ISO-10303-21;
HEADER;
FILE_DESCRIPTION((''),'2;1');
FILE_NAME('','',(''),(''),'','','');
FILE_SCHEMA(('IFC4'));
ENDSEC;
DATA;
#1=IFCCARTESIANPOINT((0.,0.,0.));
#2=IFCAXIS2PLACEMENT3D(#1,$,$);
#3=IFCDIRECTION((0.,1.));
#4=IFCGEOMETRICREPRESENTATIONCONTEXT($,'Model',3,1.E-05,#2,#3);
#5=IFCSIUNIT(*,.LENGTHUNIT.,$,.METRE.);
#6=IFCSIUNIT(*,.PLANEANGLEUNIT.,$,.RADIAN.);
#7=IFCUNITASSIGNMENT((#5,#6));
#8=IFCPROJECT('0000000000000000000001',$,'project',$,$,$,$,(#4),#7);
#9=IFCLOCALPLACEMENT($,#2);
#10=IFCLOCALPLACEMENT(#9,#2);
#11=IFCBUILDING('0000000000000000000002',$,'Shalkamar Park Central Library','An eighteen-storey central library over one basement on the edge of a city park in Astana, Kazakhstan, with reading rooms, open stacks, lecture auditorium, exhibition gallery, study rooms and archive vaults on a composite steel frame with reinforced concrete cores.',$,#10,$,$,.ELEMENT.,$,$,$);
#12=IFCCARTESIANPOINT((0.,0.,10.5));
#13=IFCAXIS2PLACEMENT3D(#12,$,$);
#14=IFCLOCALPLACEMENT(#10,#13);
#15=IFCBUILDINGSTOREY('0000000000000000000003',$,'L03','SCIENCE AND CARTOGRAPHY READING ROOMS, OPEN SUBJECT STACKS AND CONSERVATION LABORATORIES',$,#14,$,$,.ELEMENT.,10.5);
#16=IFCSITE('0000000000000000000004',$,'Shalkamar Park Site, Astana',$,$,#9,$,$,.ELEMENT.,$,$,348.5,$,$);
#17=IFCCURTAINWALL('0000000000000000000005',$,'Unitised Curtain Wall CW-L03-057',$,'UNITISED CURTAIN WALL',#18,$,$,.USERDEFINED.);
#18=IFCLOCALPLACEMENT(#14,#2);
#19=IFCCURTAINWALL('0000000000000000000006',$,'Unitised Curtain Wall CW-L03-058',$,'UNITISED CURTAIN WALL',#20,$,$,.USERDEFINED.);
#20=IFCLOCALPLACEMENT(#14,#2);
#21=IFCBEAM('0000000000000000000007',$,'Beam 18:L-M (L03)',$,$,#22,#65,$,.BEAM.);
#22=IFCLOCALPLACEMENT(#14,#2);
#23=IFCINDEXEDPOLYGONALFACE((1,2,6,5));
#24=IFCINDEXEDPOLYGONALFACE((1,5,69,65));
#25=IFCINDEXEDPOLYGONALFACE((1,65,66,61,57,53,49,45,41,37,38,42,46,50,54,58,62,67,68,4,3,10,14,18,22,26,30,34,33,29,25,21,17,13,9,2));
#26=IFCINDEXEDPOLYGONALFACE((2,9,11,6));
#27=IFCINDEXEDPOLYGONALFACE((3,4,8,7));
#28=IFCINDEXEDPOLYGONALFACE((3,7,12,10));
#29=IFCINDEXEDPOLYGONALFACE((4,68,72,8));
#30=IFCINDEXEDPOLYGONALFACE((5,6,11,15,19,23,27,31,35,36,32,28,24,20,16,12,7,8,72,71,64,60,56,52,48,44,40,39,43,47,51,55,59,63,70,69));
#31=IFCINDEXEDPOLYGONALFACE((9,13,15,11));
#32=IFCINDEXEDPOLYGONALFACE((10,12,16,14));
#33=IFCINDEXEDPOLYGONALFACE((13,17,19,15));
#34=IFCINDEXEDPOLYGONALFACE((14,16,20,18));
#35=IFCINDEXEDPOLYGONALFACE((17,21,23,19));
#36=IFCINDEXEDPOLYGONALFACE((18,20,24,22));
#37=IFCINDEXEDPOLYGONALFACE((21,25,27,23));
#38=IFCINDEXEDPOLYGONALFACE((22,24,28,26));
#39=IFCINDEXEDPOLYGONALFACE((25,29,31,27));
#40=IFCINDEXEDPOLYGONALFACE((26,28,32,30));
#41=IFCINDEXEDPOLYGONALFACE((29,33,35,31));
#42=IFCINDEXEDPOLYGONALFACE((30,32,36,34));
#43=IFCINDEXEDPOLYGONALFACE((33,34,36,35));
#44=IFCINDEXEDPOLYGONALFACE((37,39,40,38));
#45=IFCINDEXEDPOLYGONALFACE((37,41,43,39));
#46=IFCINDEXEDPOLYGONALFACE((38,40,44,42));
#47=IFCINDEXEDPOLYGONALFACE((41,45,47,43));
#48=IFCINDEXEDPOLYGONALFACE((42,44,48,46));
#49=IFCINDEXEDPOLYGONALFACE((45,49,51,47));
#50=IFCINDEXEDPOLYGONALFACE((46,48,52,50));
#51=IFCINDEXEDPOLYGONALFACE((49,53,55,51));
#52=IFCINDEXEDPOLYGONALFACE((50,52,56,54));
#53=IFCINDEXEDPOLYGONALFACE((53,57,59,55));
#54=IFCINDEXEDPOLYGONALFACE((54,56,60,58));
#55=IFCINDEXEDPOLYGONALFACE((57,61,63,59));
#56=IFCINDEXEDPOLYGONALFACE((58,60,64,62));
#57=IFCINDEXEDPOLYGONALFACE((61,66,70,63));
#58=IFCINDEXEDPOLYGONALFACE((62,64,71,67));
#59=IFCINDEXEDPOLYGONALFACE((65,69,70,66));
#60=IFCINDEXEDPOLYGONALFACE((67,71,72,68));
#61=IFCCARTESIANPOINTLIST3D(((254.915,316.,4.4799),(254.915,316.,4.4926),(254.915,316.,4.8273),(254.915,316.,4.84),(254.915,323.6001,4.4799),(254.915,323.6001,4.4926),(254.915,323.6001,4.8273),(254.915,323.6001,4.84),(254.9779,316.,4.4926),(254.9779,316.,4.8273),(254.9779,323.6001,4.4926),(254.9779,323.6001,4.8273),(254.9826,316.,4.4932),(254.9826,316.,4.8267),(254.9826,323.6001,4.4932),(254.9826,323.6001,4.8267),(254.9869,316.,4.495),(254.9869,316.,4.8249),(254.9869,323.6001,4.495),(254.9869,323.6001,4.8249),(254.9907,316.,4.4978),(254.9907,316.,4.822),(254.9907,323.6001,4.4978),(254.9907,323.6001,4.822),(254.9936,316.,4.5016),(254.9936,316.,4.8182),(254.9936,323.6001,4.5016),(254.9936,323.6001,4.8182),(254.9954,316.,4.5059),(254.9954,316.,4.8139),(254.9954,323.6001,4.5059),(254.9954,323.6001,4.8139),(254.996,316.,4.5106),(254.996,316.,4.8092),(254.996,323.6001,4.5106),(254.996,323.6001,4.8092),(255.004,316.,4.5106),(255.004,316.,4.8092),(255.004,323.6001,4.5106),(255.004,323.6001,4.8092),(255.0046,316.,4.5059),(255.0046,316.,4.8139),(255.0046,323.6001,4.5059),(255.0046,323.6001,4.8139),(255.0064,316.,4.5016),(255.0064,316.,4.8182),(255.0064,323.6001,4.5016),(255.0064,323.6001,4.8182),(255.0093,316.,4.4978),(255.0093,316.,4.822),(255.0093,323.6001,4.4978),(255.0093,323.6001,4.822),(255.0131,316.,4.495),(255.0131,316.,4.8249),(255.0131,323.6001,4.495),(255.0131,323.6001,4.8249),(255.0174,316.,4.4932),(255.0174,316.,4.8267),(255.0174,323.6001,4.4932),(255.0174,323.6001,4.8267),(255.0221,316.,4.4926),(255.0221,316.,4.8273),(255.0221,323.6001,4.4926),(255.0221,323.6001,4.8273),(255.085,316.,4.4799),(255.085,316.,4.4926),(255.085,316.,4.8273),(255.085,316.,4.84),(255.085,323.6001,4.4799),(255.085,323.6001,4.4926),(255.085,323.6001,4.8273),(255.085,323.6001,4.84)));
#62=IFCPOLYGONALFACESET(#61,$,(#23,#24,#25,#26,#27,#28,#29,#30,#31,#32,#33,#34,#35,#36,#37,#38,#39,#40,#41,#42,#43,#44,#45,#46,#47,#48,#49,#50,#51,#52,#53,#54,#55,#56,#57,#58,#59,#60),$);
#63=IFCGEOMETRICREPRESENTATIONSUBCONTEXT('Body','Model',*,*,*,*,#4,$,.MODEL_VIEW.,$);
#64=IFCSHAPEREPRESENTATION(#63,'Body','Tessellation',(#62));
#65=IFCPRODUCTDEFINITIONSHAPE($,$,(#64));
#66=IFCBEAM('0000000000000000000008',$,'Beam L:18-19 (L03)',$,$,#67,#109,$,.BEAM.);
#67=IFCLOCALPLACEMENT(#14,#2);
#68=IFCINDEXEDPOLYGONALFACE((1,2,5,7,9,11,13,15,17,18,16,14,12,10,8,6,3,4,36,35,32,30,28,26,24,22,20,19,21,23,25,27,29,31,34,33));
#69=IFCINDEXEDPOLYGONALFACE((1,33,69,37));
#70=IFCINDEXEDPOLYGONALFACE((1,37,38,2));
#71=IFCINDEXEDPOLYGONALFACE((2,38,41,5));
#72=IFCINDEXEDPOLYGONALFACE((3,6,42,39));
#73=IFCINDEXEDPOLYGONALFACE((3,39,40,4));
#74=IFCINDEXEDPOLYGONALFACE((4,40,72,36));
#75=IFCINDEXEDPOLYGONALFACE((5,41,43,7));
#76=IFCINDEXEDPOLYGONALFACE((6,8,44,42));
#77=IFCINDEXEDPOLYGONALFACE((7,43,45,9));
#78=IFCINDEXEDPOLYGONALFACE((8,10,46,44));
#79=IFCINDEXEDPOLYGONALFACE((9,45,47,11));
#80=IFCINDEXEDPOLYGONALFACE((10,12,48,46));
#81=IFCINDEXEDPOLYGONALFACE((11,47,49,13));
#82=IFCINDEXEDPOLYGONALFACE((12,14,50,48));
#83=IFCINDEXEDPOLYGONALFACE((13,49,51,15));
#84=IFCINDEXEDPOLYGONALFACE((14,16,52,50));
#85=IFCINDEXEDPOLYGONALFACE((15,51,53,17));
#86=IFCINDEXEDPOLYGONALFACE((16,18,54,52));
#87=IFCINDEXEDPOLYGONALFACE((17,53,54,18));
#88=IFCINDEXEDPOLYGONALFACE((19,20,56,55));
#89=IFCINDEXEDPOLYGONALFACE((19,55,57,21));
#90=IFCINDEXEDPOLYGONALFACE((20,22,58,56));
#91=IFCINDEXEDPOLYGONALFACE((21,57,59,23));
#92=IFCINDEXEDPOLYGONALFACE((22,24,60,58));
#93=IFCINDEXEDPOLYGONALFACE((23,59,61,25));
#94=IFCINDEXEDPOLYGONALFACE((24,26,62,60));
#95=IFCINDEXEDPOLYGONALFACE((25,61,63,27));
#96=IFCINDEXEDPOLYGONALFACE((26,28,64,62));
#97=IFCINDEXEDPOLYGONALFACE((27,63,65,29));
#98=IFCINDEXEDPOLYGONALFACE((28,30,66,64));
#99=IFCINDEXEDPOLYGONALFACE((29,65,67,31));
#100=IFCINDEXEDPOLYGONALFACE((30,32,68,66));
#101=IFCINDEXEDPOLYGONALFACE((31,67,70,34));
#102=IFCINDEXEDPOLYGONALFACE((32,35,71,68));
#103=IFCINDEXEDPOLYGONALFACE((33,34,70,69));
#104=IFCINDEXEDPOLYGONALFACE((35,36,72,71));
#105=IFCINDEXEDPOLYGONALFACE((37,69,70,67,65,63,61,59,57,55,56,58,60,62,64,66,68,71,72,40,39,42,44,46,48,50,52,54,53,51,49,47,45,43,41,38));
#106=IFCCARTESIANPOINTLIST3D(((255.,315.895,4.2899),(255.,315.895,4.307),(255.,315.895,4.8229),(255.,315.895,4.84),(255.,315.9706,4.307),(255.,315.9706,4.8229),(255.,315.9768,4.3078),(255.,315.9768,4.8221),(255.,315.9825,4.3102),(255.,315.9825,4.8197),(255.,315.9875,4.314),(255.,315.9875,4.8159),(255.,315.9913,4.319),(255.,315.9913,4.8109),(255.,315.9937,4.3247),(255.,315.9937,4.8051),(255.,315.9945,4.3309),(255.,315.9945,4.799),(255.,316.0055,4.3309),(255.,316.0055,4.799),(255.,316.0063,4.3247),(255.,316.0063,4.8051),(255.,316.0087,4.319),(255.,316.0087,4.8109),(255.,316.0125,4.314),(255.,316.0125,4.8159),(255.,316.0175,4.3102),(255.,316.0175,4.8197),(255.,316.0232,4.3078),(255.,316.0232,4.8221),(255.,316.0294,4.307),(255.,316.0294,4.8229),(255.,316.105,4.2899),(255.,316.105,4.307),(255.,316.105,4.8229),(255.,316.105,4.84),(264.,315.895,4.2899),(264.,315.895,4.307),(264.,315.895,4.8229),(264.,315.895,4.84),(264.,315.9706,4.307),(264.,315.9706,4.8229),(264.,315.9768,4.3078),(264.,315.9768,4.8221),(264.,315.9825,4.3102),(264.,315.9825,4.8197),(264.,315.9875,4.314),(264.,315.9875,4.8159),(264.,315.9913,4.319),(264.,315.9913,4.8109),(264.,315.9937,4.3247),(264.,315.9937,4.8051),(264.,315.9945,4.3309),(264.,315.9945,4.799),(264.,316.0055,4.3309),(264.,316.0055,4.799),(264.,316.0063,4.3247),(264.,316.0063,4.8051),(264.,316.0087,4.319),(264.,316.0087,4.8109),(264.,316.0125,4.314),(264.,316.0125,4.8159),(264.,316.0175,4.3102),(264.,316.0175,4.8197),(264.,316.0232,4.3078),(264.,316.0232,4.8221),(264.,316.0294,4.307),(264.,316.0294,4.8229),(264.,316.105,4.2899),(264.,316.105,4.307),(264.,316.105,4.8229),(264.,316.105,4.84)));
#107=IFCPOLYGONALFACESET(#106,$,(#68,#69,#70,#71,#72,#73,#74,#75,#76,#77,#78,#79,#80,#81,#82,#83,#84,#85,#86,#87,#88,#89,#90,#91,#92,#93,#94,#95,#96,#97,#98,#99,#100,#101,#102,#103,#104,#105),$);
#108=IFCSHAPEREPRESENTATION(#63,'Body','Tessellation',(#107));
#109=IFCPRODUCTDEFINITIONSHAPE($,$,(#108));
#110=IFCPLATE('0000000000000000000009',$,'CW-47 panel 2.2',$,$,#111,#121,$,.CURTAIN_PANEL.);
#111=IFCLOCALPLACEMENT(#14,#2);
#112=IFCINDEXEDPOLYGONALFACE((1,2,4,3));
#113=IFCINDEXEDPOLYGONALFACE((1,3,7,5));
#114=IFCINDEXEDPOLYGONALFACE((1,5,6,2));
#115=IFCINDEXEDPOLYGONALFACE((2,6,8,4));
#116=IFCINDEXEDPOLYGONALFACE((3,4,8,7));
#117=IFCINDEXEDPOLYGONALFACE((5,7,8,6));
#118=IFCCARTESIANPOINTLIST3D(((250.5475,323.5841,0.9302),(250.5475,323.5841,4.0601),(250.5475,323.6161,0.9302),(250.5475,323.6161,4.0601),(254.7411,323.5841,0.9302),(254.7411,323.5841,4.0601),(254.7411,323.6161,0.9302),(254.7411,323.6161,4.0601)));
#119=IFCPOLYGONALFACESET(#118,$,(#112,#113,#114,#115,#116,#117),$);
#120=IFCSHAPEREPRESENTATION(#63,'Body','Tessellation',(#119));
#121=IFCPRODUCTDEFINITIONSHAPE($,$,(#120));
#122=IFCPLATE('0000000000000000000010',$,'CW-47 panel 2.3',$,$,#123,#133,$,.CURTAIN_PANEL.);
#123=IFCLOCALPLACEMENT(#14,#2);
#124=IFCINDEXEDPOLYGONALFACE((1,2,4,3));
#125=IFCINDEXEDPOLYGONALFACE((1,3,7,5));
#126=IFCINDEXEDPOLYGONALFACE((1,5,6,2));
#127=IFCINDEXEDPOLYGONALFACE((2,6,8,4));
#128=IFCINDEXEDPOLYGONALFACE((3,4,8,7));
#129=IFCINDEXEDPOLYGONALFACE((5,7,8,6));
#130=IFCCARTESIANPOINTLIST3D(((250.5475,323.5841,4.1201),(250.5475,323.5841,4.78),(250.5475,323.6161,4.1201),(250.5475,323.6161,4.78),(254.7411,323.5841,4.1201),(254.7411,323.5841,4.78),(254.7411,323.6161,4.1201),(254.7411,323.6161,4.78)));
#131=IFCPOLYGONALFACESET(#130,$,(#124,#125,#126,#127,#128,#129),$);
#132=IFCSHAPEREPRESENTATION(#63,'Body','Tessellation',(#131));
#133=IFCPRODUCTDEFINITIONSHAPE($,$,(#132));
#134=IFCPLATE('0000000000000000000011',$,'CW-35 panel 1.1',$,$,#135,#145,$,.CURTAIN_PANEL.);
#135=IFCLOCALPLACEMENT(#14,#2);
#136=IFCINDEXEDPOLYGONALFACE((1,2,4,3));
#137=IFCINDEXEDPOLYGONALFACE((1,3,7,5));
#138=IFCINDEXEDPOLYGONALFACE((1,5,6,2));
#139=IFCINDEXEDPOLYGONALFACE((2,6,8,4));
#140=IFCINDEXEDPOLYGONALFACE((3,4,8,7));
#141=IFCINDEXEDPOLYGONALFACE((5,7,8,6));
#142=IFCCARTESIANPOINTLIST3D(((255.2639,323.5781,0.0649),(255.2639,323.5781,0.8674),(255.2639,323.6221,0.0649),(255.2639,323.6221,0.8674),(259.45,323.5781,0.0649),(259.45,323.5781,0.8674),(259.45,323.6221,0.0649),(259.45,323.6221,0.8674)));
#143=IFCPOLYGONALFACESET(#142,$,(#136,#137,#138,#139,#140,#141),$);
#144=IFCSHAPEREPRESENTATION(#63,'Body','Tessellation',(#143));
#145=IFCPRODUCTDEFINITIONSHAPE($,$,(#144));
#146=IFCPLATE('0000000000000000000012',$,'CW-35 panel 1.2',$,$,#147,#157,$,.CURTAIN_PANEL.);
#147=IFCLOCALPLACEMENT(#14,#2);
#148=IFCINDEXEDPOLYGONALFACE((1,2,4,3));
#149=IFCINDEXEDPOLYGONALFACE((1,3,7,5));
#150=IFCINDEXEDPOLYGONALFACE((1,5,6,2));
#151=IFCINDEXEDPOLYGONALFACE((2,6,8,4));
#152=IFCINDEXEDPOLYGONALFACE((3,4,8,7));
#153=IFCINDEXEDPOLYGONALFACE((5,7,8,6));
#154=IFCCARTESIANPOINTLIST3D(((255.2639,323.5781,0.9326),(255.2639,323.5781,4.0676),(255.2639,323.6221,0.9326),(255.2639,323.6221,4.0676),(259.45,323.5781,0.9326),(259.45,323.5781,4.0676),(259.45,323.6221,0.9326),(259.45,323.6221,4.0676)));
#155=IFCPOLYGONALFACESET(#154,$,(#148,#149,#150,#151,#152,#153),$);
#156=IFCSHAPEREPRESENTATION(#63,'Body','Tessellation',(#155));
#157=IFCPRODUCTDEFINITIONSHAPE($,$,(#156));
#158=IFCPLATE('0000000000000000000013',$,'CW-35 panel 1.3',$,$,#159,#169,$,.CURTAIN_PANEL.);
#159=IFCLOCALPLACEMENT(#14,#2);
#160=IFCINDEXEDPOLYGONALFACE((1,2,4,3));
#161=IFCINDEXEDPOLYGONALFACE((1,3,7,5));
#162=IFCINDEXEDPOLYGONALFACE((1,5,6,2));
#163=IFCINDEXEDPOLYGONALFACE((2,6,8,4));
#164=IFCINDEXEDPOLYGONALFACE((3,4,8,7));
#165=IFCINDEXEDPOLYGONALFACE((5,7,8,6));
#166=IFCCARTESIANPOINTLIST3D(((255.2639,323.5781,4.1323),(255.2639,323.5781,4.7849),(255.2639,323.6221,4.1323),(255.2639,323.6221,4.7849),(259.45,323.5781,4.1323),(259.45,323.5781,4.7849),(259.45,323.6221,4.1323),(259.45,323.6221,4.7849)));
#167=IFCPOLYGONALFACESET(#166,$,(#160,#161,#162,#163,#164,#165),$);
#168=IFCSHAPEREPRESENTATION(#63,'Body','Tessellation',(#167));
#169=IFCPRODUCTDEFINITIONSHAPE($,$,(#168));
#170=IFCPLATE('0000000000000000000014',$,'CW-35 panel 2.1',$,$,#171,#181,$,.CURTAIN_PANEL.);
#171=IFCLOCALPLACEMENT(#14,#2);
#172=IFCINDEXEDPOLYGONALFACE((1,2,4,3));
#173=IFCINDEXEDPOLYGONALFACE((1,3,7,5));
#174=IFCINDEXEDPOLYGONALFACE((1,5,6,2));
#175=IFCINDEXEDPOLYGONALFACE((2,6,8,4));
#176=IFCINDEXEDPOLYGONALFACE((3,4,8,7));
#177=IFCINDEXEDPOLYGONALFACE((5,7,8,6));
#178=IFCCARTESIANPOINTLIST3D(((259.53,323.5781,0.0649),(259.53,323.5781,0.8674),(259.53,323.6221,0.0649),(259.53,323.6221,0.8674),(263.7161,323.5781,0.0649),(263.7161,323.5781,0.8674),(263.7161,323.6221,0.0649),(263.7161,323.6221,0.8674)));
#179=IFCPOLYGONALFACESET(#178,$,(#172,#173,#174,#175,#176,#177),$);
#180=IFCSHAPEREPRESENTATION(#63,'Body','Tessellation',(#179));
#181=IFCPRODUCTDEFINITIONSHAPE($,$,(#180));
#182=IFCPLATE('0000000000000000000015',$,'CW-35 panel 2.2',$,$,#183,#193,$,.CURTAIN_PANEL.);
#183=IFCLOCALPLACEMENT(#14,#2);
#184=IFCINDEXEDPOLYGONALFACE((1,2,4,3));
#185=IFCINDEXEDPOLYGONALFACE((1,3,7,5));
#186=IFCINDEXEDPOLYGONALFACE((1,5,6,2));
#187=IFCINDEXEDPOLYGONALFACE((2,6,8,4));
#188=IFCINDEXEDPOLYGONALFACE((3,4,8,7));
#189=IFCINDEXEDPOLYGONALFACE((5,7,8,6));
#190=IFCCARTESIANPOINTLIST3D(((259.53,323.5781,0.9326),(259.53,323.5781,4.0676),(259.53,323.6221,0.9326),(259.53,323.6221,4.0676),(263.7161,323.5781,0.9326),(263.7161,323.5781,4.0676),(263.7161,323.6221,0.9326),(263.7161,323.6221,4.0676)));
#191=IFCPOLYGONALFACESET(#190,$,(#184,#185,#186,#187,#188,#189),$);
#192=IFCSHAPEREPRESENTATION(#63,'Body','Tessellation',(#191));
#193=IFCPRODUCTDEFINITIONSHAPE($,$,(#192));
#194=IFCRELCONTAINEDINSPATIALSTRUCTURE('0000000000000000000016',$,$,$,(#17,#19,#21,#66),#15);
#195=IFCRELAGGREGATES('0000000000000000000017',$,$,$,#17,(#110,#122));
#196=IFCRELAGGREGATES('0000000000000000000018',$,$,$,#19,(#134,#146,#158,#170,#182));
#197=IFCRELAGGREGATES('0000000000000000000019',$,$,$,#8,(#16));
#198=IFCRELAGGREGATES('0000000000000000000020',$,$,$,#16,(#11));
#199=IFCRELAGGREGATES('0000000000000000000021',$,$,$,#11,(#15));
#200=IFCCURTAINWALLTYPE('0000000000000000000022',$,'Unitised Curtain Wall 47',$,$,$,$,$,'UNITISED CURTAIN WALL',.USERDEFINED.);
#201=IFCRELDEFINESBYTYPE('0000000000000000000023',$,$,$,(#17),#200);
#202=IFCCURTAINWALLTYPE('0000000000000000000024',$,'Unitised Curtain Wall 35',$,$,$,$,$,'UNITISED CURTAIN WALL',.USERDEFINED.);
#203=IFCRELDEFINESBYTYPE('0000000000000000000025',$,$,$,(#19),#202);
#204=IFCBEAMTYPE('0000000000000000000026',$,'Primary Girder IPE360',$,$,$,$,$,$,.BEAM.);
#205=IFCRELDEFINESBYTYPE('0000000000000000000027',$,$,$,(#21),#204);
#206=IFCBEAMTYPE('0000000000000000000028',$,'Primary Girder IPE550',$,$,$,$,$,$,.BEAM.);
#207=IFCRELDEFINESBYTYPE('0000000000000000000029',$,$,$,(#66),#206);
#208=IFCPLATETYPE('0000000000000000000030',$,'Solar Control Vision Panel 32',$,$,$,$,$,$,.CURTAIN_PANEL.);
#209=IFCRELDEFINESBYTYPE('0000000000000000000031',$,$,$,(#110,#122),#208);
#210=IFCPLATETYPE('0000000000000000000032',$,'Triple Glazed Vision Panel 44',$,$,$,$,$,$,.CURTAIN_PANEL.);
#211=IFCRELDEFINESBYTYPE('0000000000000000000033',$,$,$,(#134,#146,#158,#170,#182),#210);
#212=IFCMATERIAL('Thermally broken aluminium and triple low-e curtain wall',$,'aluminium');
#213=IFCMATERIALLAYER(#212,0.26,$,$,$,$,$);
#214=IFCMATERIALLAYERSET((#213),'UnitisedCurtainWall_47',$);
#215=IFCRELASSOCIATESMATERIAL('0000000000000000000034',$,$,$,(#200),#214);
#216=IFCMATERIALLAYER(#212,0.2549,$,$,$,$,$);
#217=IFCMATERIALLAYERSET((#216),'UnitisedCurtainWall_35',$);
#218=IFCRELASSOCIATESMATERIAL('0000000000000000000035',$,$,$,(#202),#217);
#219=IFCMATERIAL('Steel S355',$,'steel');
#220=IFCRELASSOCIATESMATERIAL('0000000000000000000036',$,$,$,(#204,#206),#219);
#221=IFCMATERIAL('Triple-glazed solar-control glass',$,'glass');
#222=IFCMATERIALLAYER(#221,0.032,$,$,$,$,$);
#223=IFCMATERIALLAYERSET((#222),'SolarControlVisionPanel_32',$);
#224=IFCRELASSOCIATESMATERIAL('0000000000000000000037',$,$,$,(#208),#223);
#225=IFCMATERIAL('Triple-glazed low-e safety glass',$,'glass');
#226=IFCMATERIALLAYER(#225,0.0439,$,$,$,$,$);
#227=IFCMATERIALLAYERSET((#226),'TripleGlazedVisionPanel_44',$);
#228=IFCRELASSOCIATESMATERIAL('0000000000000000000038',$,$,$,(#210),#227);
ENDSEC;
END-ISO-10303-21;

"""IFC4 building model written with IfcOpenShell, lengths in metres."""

from ifc_helpers import new_model, si_unit, direction, frame, origin, origin_2d, place, context, subcontext, project, spatial, rectangle, i_section, extrude, material, layer, layer_set, material_profile, profile_set, type_object, element, aggregate, save


model = new_model("IFC4")

# Units and contexts
model_context = context("Model", 3, precision=1e-05, world=origin(), true_north=direction((0.0, 1.0)))
body_context = subcontext(model_context, "Body", "Model", "MODEL_VIEW")
ifc_project = project(units=[si_unit("LENGTHUNIT", "METRE"), si_unit("PLANEANGLEUNIT", "RADIAN")], contexts=[model_context])

# Site, building, storey
site_placement = place(None, origin())
site = spatial("IfcSite", under=ifc_project, at=site_placement, Name="Shalkamar Park Site, Astana", CompositionType="ELEMENT", RefElevation=348.5)
building_placement = place(site_placement, origin())
building = spatial("IfcBuilding", under=site, at=building_placement, Name="Shalkamar Park Central Library", Description="An eighteen-storey central library over one basement on the edge of a city park in Astana, Kazakhstan, with reading rooms, open stacks, lecture auditorium, exhibition gallery, study rooms and archive vaults on a composite steel frame with reinforced concrete cores.", CompositionType="ELEMENT")
storey_placement = place(building_placement, frame((0.0, 0.0, 10.5)))
storey = spatial("IfcBuildingStorey", under=building, at=storey_placement, Name="L03", Description="SCIENCE AND CARTOGRAPHY READING ROOMS, OPEN SUBJECT STACKS AND CONSERVATION LABORATORIES", CompositionType="ELEMENT", Elevation=10.5)

# Shared definitions
ifc_material_1 = material(Name="Steel S355", Category="steel")

# Curtain wall
ifc_material_2 = material(Name="Thermally broken aluminium and triple low-e curtain wall", Category="aluminium")
ifc_layer_1 = layer(ifc_material_2, 0.26)
ifc_layer_set_1 = layer_set([ifc_layer_1], Name="UnitisedCurtainWall_47")
curtain_wall_type_1 = type_object("IfcCurtainWallType", Name="Unitised Curtain Wall 47", ElementType="UNITISED CURTAIN WALL", PredefinedType="USERDEFINED", material=ifc_layer_set_1)
curtain_wall_1_placement = place(storey_placement, origin())
curtain_wall_1 = element("IfcCurtainWall", 1, at=curtain_wall_1_placement, inside=storey, type_object=curtain_wall_type_1, Name="Unitised Curtain Wall CW-L03-057", ObjectType="UNITISED CURTAIN WALL", PredefinedType="USERDEFINED")

# Curtain wall
ifc_layer_2 = layer(ifc_material_2, 0.2549)
ifc_layer_set_2 = layer_set([ifc_layer_2], Name="UnitisedCurtainWall_35")
curtain_wall_type_2 = type_object("IfcCurtainWallType", Name="Unitised Curtain Wall 35", ElementType="UNITISED CURTAIN WALL", PredefinedType="USERDEFINED", material=ifc_layer_set_2)
curtain_wall_2_placement = place(storey_placement, origin())
curtain_wall_2 = element("IfcCurtainWall", 2, at=curtain_wall_2_placement, inside=storey, type_object=curtain_wall_type_2, Name="Unitised Curtain Wall CW-L03-058", ObjectType="UNITISED CURTAIN WALL", PredefinedType="USERDEFINED")

# Beams
ifc_material_profile_1 = material_profile(ifc_material_1, i_section(OverallWidth=0.1699, OverallDepth=0.3601, WebThickness=0.0081, FlangeThickness=0.0127, FilletRadius=0.0181, at=origin_2d()), Name="IPE 360")
ifc_profile_set_1 = profile_set([ifc_material_profile_1], Name="Steel S355")
beam_type_1 = type_object("IfcBeamType", Name="Primary Girder IPE360", PredefinedType="BEAM", material=ifc_profile_set_1)
beam_1_placement = place(storey_placement, frame((255.0, 316.0, 4.6599), z_axis=(0.0, 1.0, 0.0), x_axis=(-1.0, 0.0, 0.0)))
element("IfcBeam", 3, at=beam_1_placement, inside=storey, type_object=beam_type_1, Name="Beam 18:L-M (L03)", PredefinedType="BEAM", context=body_context, shape_type="SweptSolid", body=[
    extrude(i_section(OverallWidth=0.1699, OverallDepth=0.3601, WebThickness=0.0081, FlangeThickness=0.0127, FilletRadius=0.0181, at=origin_2d()), origin(), (0.0, 0.0, 1.0), 7.6001),
])
ifc_material_profile_2 = material_profile(ifc_material_1, i_section(OverallWidth=0.21, OverallDepth=0.55, WebThickness=0.011, FlangeThickness=0.0171, FilletRadius=0.0239, at=origin_2d()), Name="IPE 550")
ifc_profile_set_2 = profile_set([ifc_material_profile_2], Name="Steel S355")
beam_type_2 = type_object("IfcBeamType", Name="Primary Girder IPE550", PredefinedType="BEAM", material=ifc_profile_set_2)
beam_2_placement = place(storey_placement, frame((255.0, 316.0, 4.5649), z_axis=(1.0, 0.0, 0.0), x_axis=(0.0, 1.0, 0.0)))
element("IfcBeam", 4, at=beam_2_placement, inside=storey, type_object=beam_type_2, Name="Beam L:18-19 (L03)", PredefinedType="BEAM", context=body_context, shape_type="SweptSolid", body=[
    extrude(i_section(OverallWidth=0.21, OverallDepth=0.55, WebThickness=0.011, FlangeThickness=0.0171, FilletRadius=0.0239, at=origin_2d()), origin(), (0.0, 0.0, 1.0), 9.0),
])

# Plates
ifc_material_3 = material(Name="Triple-glazed solar-control glass", Category="glass")
ifc_layer_3 = layer(ifc_material_3, 0.032)
ifc_layer_set_3 = layer_set([ifc_layer_3], Name="SolarControlVisionPanel_32")
plate_type_1 = type_object("IfcPlateType", Name="Solar Control Vision Panel 32", PredefinedType="CURTAIN_PANEL", material=ifc_layer_set_3)
plate_1_placement = place(storey_placement, frame((252.6443, 323.6001, 0.9302), z_axis=(0.0, 0.0, 1.0), x_axis=(1.0, 0.0, 0.0)))
plate_1 = element("IfcPlate", 5, at=plate_1_placement, type_object=plate_type_1, Name="CW-47 panel 2.2", PredefinedType="CURTAIN_PANEL", context=body_context, shape_type="SweptSolid", body=[
    extrude(rectangle(XDim=4.1936, YDim=0.032, at=origin_2d()), origin(), (0.0, 0.0, 1.0), 3.1299),
])
plate_2_placement = place(storey_placement, frame((252.6443, 323.6001, 4.1201), z_axis=(0.0, 0.0, 1.0), x_axis=(1.0, 0.0, 0.0)))
plate_2 = element("IfcPlate", 6, at=plate_2_placement, type_object=plate_type_1, Name="CW-47 panel 2.3", PredefinedType="CURTAIN_PANEL", context=body_context, shape_type="SweptSolid", body=[
    extrude(rectangle(XDim=4.1936, YDim=0.032, at=origin_2d()), origin(), (0.0, 0.0, 1.0), 0.6599),
])
aggregate(curtain_wall_1, [plate_1, plate_2])
ifc_material_4 = material(Name="Triple-glazed low-e safety glass", Category="glass")
ifc_layer_4 = layer(ifc_material_4, 0.0439)
ifc_layer_set_4 = layer_set([ifc_layer_4], Name="TripleGlazedVisionPanel_44")
plate_type_2 = type_object("IfcPlateType", Name="Triple Glazed Vision Panel 44", PredefinedType="CURTAIN_PANEL", material=ifc_layer_set_4)
plate_3_placement = place(storey_placement, frame((257.3569, 323.6001, 0.0649), z_axis=(0.0, 0.0, 1.0), x_axis=(1.0, 0.0, 0.0)))
plate_3 = element("IfcPlate", 7, at=plate_3_placement, type_object=plate_type_2, Name="CW-35 panel 1.1", PredefinedType="CURTAIN_PANEL", context=body_context, shape_type="SweptSolid", body=[
    extrude(rectangle(XDim=4.186, YDim=0.0439, at=origin_2d()), origin(), (0.0, 0.0, 1.0), 0.8025),
])
plate_4_placement = place(storey_placement, frame((257.3569, 323.6001, 0.9326), z_axis=(0.0, 0.0, 1.0), x_axis=(1.0, 0.0, 0.0)))
plate_4 = element("IfcPlate", 8, at=plate_4_placement, type_object=plate_type_2, Name="CW-35 panel 1.2", PredefinedType="CURTAIN_PANEL", context=body_context, shape_type="SweptSolid", body=[
    extrude(rectangle(XDim=4.186, YDim=0.0439, at=origin_2d()), origin(), (0.0, 0.0, 1.0), 3.135),
])
plate_5_placement = place(storey_placement, frame((257.3569, 323.6001, 4.1323), z_axis=(0.0, 0.0, 1.0), x_axis=(1.0, 0.0, 0.0)))
plate_5 = element("IfcPlate", 9, at=plate_5_placement, type_object=plate_type_2, Name="CW-35 panel 1.3", PredefinedType="CURTAIN_PANEL", context=body_context, shape_type="SweptSolid", body=[
    extrude(rectangle(XDim=4.186, YDim=0.0439, at=origin_2d()), origin(), (0.0, 0.0, 1.0), 0.6526),
])
plate_6_placement = place(storey_placement, frame((261.623, 323.6001, 0.0649), z_axis=(0.0, 0.0, 1.0), x_axis=(1.0, 0.0, 0.0)))
plate_6 = element("IfcPlate", 10, at=plate_6_placement, type_object=plate_type_2, Name="CW-35 panel 2.1", PredefinedType="CURTAIN_PANEL", context=body_context, shape_type="SweptSolid", body=[
    extrude(rectangle(XDim=4.186, YDim=0.0439, at=origin_2d()), origin(), (0.0, 0.0, 1.0), 0.8025),
])
plate_7_placement = place(storey_placement, frame((261.623, 323.6001, 0.9326), z_axis=(0.0, 0.0, 1.0), x_axis=(1.0, 0.0, 0.0)))
plate_7 = element("IfcPlate", 11, at=plate_7_placement, type_object=plate_type_2, Name="CW-35 panel 2.2", PredefinedType="CURTAIN_PANEL", context=body_context, shape_type="SweptSolid", body=[
    extrude(rectangle(XDim=4.186, YDim=0.0439, at=origin_2d()), origin(), (0.0, 0.0, 1.0), 3.135),
])
aggregate(curtain_wall_2, [plate_3, plate_4, plate_5, plate_6, plate_7])

save(model, "model.ifc")
